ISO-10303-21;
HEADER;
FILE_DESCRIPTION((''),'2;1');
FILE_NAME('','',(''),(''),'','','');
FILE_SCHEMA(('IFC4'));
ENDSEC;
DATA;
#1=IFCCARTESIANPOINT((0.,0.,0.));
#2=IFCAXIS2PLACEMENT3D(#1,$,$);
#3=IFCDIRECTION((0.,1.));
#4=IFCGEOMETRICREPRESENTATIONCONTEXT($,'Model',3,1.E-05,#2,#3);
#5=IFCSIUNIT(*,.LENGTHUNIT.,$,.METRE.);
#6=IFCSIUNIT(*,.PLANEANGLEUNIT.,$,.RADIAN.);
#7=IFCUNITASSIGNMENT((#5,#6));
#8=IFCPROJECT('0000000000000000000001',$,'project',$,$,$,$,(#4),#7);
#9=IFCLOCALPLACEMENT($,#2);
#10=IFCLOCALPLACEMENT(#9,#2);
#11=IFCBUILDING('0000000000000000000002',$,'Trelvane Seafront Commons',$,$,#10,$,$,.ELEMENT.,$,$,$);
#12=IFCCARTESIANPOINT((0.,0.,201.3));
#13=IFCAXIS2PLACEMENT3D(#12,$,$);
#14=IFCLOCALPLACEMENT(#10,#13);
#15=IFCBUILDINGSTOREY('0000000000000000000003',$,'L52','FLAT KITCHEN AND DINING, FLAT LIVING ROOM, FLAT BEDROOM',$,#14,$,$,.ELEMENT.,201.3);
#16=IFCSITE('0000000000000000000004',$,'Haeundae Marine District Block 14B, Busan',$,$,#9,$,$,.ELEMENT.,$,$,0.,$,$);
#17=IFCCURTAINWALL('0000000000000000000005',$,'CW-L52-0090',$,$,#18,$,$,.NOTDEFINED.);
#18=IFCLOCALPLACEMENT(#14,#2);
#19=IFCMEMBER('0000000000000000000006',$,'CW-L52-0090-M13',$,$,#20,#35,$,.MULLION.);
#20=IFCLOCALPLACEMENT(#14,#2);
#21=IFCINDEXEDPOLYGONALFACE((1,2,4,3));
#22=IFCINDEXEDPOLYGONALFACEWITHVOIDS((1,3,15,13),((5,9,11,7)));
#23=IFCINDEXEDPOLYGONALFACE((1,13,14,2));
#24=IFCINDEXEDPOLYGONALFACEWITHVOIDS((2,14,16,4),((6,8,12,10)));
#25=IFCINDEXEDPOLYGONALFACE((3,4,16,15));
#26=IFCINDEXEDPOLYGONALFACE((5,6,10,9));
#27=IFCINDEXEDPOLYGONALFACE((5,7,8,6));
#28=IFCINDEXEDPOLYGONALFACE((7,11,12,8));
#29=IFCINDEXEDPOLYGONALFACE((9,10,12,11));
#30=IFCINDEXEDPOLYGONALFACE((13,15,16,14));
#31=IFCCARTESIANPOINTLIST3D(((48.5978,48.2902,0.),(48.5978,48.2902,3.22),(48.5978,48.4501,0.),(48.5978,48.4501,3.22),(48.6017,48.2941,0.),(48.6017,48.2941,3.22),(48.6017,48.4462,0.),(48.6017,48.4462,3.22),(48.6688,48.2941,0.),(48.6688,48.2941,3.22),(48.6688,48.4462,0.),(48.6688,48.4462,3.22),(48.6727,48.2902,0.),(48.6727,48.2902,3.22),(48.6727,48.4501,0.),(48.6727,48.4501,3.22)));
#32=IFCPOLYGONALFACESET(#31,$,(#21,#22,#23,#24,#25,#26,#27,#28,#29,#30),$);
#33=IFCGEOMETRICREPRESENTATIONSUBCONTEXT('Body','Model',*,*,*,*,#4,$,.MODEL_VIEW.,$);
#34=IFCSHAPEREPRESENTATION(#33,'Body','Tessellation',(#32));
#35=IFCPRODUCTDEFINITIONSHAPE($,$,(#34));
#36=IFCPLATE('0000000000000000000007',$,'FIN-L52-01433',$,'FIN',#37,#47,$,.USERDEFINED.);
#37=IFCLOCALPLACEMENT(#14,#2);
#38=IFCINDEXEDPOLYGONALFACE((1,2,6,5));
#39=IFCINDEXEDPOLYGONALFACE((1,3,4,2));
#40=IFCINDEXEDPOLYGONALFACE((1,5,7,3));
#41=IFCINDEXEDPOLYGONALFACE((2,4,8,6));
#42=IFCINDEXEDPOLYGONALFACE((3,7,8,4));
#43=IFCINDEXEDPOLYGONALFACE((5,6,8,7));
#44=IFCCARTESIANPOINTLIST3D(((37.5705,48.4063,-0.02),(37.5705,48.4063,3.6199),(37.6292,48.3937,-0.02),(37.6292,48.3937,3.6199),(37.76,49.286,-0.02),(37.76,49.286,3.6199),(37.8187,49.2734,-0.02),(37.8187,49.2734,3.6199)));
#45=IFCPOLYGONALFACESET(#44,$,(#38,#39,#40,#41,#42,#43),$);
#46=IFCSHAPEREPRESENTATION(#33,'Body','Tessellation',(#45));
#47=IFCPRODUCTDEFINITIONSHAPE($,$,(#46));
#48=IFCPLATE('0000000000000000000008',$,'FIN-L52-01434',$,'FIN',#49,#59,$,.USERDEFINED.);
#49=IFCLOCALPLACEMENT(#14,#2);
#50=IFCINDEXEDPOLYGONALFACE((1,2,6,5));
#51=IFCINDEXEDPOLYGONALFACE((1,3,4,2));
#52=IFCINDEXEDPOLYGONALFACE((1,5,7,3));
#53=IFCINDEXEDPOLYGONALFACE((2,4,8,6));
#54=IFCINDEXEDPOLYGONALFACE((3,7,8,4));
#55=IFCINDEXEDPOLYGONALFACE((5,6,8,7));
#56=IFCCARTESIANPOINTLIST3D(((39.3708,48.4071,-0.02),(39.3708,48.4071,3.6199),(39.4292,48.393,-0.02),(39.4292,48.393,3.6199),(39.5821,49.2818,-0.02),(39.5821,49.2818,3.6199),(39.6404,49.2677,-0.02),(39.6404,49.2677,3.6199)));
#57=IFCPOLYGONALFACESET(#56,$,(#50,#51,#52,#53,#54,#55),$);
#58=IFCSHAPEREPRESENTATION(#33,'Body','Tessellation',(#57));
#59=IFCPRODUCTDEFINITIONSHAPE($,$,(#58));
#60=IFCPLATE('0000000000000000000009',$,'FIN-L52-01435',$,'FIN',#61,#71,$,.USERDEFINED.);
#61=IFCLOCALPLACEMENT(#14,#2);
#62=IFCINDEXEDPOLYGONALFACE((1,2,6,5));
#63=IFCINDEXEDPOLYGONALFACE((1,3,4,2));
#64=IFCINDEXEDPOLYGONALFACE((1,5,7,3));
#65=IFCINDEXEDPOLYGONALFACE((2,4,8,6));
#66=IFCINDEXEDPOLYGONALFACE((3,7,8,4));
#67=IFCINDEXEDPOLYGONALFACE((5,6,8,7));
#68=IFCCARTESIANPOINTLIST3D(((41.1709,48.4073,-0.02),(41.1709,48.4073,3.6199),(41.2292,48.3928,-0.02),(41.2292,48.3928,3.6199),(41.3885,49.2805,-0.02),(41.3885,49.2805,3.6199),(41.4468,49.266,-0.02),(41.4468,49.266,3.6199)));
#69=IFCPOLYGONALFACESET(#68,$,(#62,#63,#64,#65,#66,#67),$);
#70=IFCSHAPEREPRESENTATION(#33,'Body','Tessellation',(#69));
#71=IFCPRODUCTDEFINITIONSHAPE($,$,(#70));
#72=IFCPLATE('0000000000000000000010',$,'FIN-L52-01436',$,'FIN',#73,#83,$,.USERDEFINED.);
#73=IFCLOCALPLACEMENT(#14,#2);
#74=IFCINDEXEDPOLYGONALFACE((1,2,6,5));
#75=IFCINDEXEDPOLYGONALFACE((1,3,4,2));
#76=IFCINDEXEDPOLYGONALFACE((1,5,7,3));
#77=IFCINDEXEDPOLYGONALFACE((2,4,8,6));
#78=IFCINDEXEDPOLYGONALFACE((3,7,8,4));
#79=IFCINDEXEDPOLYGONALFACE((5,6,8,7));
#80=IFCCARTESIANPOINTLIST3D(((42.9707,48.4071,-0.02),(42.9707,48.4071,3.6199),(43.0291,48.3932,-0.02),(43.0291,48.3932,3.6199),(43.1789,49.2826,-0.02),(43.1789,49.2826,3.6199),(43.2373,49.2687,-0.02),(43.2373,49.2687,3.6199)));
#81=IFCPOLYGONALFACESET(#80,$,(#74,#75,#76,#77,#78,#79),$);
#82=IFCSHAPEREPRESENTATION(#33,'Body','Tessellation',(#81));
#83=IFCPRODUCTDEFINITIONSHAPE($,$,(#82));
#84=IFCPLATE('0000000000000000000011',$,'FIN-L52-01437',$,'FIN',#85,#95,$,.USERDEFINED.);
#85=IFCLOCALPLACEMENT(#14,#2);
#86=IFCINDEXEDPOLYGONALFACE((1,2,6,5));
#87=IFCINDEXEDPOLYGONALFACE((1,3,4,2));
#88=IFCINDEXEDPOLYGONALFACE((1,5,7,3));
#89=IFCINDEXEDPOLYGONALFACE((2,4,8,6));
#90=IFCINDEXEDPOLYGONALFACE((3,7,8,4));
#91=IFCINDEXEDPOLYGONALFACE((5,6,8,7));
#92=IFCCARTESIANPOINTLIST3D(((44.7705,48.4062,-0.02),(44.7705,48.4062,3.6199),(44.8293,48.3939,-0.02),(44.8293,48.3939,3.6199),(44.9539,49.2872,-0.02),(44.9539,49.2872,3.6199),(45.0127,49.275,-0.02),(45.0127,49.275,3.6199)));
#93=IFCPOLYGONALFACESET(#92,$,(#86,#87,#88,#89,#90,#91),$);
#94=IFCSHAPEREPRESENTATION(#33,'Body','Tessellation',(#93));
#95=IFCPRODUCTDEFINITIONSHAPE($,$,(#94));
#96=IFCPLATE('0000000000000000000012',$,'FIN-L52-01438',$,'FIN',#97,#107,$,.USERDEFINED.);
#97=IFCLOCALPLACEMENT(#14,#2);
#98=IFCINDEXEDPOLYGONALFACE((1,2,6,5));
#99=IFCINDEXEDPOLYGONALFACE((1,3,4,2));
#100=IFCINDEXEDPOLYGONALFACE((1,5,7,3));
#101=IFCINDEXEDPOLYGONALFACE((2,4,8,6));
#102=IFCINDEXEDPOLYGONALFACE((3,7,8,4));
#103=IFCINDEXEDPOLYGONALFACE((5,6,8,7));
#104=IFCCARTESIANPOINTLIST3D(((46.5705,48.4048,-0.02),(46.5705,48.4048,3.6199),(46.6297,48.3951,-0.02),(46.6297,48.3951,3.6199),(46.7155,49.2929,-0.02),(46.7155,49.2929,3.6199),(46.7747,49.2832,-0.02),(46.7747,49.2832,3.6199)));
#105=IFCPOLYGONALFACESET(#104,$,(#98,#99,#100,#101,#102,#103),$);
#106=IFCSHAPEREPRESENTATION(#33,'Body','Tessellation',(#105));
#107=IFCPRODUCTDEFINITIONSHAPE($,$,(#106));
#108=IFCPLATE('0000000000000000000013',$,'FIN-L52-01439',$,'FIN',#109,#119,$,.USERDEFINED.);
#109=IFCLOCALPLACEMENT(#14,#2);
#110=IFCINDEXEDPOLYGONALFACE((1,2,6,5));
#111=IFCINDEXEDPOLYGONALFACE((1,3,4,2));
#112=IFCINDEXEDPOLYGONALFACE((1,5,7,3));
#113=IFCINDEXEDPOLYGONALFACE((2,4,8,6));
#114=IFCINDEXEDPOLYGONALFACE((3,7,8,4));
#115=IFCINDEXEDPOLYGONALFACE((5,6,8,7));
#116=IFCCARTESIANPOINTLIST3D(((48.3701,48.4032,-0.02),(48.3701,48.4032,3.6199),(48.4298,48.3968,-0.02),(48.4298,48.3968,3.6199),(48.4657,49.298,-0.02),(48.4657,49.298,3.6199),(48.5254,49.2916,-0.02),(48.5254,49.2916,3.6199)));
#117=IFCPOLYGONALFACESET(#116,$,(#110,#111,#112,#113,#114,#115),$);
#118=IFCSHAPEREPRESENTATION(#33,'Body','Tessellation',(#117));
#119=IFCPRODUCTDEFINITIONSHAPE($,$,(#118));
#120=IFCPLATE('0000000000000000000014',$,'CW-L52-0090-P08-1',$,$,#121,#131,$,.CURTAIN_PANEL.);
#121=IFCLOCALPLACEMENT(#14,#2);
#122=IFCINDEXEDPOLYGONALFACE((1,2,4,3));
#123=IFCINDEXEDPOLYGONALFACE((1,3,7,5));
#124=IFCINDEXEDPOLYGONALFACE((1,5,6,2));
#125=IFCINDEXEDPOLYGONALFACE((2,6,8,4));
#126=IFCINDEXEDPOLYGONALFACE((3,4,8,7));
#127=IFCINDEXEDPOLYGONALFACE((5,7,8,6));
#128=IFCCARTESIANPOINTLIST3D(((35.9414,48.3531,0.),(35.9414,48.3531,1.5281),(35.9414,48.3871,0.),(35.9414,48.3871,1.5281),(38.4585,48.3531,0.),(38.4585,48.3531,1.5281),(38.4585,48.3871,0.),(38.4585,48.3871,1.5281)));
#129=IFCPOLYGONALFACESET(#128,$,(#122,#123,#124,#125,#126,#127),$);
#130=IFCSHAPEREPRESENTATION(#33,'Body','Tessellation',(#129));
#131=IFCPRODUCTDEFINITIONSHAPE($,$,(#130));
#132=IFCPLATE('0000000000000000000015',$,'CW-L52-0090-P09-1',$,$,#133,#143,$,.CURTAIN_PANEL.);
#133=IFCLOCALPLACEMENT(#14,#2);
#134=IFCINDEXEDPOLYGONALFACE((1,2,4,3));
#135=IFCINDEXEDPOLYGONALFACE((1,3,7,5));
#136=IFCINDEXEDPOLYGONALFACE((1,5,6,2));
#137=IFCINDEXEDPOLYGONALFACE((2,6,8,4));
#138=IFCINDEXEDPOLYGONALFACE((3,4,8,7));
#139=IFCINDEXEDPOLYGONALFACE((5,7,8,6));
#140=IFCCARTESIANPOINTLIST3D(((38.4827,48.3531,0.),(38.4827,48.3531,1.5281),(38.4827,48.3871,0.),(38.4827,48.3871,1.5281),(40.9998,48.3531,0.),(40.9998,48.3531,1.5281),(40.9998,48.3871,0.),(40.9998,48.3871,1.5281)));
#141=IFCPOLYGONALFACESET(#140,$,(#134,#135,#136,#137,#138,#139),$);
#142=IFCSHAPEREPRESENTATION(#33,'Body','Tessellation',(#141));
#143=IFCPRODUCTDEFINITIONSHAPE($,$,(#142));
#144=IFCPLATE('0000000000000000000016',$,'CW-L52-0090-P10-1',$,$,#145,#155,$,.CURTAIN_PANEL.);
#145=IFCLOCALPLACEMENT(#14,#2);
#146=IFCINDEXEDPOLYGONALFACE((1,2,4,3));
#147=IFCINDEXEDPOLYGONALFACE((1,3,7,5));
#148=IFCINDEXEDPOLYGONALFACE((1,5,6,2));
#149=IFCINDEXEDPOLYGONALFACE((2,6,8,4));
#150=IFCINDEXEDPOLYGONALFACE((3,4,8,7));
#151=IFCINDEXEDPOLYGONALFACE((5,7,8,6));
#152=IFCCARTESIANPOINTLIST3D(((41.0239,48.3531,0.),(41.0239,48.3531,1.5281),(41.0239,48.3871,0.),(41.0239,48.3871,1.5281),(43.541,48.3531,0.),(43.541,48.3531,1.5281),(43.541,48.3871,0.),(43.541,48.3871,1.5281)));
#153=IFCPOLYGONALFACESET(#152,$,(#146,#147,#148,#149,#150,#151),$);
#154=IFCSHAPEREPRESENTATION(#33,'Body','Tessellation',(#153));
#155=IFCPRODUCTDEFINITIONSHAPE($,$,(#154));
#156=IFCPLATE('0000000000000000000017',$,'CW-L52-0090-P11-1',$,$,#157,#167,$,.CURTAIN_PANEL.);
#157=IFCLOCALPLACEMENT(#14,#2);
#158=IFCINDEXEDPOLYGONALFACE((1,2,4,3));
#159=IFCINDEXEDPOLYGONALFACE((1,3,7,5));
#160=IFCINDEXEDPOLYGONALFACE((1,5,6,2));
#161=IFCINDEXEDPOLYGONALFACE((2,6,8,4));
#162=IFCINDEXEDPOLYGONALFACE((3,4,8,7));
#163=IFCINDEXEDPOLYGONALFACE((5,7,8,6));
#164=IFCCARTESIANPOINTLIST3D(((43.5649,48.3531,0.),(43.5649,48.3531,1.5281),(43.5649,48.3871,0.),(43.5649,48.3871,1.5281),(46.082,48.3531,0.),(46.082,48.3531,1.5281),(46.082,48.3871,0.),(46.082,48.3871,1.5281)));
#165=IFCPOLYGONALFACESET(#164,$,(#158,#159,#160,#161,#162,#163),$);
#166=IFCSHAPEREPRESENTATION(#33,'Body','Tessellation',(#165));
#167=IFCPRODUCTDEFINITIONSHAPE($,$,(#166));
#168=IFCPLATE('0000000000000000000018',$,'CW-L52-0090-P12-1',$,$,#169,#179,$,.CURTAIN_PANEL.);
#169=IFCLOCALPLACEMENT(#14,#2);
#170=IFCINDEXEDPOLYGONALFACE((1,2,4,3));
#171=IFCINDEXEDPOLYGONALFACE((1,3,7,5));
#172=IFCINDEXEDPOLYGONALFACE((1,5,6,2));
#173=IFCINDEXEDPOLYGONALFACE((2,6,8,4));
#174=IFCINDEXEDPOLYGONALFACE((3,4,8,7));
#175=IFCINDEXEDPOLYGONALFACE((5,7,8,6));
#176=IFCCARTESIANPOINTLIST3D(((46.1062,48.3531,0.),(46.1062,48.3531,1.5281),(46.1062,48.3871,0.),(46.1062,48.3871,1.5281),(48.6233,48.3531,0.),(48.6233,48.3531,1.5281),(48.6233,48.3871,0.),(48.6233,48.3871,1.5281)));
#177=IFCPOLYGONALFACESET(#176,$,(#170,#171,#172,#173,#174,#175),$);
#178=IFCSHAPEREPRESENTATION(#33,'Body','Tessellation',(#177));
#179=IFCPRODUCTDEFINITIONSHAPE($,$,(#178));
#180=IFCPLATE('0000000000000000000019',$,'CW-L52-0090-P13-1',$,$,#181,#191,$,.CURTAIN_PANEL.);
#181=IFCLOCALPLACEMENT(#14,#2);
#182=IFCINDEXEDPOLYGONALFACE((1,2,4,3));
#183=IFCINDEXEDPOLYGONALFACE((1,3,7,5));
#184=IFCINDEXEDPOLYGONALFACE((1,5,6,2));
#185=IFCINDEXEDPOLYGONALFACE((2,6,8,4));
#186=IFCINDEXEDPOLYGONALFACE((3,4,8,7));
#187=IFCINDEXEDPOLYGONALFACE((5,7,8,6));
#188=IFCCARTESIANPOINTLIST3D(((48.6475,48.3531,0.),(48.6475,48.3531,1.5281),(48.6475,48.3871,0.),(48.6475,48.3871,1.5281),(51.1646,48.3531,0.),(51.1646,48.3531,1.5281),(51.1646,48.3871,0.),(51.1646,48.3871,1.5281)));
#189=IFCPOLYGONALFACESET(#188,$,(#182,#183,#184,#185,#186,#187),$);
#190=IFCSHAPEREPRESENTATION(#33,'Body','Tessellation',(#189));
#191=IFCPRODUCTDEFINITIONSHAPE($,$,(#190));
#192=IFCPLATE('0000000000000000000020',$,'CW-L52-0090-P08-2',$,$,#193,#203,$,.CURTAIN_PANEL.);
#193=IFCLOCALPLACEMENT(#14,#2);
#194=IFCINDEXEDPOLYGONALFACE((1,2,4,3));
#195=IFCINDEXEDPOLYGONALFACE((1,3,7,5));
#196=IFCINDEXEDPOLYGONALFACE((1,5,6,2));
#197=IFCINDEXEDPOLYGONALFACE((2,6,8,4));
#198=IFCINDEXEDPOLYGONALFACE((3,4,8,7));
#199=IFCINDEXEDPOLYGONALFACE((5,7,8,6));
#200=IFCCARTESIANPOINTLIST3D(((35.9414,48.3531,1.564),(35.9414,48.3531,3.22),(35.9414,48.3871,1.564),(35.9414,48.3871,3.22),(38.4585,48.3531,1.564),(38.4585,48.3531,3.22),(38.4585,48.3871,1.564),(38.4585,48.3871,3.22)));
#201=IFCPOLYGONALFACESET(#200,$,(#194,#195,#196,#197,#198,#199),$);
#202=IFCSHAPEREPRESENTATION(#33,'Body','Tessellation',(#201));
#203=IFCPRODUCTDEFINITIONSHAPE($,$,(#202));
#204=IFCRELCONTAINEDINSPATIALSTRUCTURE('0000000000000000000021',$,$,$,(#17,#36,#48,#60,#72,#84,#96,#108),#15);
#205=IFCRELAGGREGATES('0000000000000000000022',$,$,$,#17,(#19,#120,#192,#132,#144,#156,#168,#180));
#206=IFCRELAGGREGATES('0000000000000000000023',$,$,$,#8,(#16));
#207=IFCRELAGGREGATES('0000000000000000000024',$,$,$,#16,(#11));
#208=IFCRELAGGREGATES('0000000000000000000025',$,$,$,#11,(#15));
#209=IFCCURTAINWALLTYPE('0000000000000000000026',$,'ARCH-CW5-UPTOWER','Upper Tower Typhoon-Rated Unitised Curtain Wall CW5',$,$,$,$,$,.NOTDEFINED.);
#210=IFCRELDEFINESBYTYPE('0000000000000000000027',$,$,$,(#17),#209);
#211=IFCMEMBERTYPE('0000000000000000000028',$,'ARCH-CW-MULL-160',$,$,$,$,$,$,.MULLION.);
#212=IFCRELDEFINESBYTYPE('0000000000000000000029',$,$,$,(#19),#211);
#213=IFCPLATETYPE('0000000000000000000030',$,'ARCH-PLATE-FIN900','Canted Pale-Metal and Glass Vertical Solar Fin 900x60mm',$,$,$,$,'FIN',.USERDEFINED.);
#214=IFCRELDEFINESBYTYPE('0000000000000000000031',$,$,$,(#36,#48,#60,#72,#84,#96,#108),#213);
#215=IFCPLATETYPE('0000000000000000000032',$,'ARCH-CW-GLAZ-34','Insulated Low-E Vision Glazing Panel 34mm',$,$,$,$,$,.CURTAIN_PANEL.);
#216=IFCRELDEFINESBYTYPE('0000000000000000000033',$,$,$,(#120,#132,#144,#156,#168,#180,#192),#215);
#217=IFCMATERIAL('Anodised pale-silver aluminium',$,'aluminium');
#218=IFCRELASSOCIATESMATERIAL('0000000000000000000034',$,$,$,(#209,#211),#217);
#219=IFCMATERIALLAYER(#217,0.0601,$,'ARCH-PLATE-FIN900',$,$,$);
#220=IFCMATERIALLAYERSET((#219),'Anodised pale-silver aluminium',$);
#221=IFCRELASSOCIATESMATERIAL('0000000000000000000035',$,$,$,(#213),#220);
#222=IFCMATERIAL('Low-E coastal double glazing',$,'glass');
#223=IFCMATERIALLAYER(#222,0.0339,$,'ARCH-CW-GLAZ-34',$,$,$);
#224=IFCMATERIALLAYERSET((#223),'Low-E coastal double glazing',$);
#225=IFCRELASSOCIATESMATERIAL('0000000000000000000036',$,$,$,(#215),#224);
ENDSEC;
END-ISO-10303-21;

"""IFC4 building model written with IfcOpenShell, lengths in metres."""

from ifc_helpers import new_model, si_unit, direction, frame, origin, origin_2d, place, context, subcontext, project, spatial, rectangle, hollow_rectangle, extrude, source, transform, mapped, material, layer, layer_set, material_profile, profile_set, type_object, element, aggregate, save


model = new_model("IFC4")

# Units and contexts
model_context = context("Model", 3, precision=1e-05, world=origin(), true_north=direction((0.0, 1.0)))
body_context = subcontext(model_context, "Body", "Model", "MODEL_VIEW")
ifc_project = project(units=[si_unit("LENGTHUNIT", "METRE"), si_unit("PLANEANGLEUNIT", "RADIAN")], contexts=[model_context])

# Site, building, storey
site_placement = place(None, origin())
site = spatial("IfcSite", under=ifc_project, at=site_placement, Name="Haeundae Marine District Block 14B, Busan", CompositionType="ELEMENT", RefElevation=0.0)
building_placement = place(site_placement, origin())
building = spatial("IfcBuilding", under=site, at=building_placement, Name="Trelvane Seafront Commons", CompositionType="ELEMENT")
storey_placement = place(building_placement, frame((0.0, 0.0, 201.3)))
storey = spatial("IfcBuildingStorey", under=building, at=storey_placement, Name="L52", Description="FLAT KITCHEN AND DINING, FLAT LIVING ROOM, FLAT BEDROOM", CompositionType="ELEMENT", Elevation=201.3)

# Curtain wall, member
ifc_material_1 = material(Name="Anodised pale-silver aluminium", Category="aluminium")
curtain_wall_type = type_object("IfcCurtainWallType", Name="ARCH-CW5-UPTOWER", Description="Upper Tower Typhoon-Rated Unitised Curtain Wall CW5", PredefinedType="NOTDEFINED", material=ifc_material_1)
curtain_wall_placement = place(storey_placement, origin())
curtain_wall = element("IfcCurtainWall", 1, at=curtain_wall_placement, inside=storey, type_object=curtain_wall_type, Name="CW-L52-0090", PredefinedType="NOTDEFINED")
ifc_material_profile_1 = material_profile(ifc_material_1, hollow_rectangle(XDim=0.075, YDim=0.1599, WallThickness=0.0039, at=origin_2d()), Name="MULL-75x160x4")
ifc_profile_set_1 = profile_set([ifc_material_profile_1], Name="Anodised pale-silver aluminium")
member_type_1 = type_object("IfcMemberType", Name="ARCH-CW-MULL-160", PredefinedType="MULLION", material=ifc_profile_set_1)
shared_shape_1 = source(origin(), body_context, "Body", "SweptSolid", [
    extrude(hollow_rectangle(XDim=0.075, YDim=0.1599, WallThickness=0.0039, at=origin_2d()), origin(), (0.0, 0.0, 1.0), 3.22),
])
member_1_placement = place(storey_placement, frame((48.6353, 48.3701, 0.0), z_axis=(0.0, 0.0, 1.0), x_axis=(1.0, 0.0, 0.0)))
member_1 = element("IfcMember", 2, at=member_1_placement, type_object=member_type_1, Name="CW-L52-0090-M13", PredefinedType="MULLION", context=body_context, shape_type="MappedRepresentation", body=[
    mapped(shared_shape_1, transform((0.0, 0.0, 0.0), x_axis=(1.0, 0.0, 0.0), y_axis=(0.0, 1.0, 0.0), z_axis=(0.0, 0.0, 1.0), scale=1.0)),
])

# Plates
ifc_layer_1 = layer(ifc_material_1, 0.0601, Name="ARCH-PLATE-FIN900")
ifc_layer_set_1 = layer_set([ifc_layer_1], Name="Anodised pale-silver aluminium")
plate_type_1 = type_object("IfcPlateType", Name="ARCH-PLATE-FIN900", Description="Canted Pale-Metal and Glass Vertical Solar Fin 900x60mm", ElementType="FIN", PredefinedType="USERDEFINED", material=ifc_layer_set_1)
shared_shape_2 = source(origin(), body_context, "Body", "SweptSolid", [
    extrude(rectangle(XDim=0.8999, YDim=0.0601, at=origin_2d()), origin(), (0.0, 0.0, 1.0), 3.6399),
])
for number, where, z_axis, x_axis, name in (
    (3, (37.6946, 48.8398, -0.02), (0.0, 0.0, 1.0), (0.21056, 0.977581, 0.0), "FIN-L52-01433"),
    (4, (39.5056, 48.8374, -0.02), (0.0, 0.0, 1.0), (0.234789, 0.972046, 0.0), "FIN-L52-01434"),
    (5, (41.3088, 48.8367, -0.02), (0.0, 0.0, 1.0), (0.241778, 0.970332, 0.0), "FIN-L52-01435"),
    (6, (43.104, 48.8379, -0.02), (0.0, 0.0, 1.0), (0.23133, 0.972875, 0.0), "FIN-L52-01436"),
    (7, (44.8916, 48.8406, -0.02), (0.0, 0.0, 1.0), (0.203782, 0.979016, 0.0), "FIN-L52-01437"),
    (8, (46.6726, 48.844, -0.02), (0.0, 0.0, 1.0), (0.161118, 0.986935, 0.0), "FIN-L52-01438"),
    (9, (48.4478, 48.8474, -0.02), (0.0, 0.0, 1.0), (0.106222, 0.994342, 0.0), "FIN-L52-01439"),
):
    element("IfcPlate", number, at=place(storey_placement, frame(where, z_axis=z_axis, x_axis=x_axis)), inside=storey, type_object=plate_type_1, Name=name, ObjectType="FIN", PredefinedType="USERDEFINED", context=body_context, shape_type="MappedRepresentation", body=[
        mapped(shared_shape_2, transform((0.0, 0.0, 0.0), x_axis=(1.0, 0.0, 0.0), y_axis=(0.0, 1.0, 0.0), z_axis=(0.0, 0.0, 1.0), scale=1.0)),
    ])

# Plates
ifc_material_2 = material(Name="Low-E coastal double glazing", Category="glass")
ifc_layer_2 = layer(ifc_material_2, 0.0339, Name="ARCH-CW-GLAZ-34")
ifc_layer_set_2 = layer_set([ifc_layer_2], Name="Low-E coastal double glazing")
plate_type_2 = type_object("IfcPlateType", Name="ARCH-CW-GLAZ-34", Description="Insulated Low-E Vision Glazing Panel 34mm", PredefinedType="CURTAIN_PANEL", material=ifc_layer_set_2)
shared_shape_3 = source(origin(), body_context, "Body", "SweptSolid", [
    extrude(rectangle(XDim=2.5171, YDim=0.0339, at=origin_2d()), origin(), (0.0, 0.0, 1.0), 1.5281),
])
plate_1_placement = place(storey_placement, frame((37.2, 48.3701, 0.0), z_axis=(0.0, 0.0, 1.0), x_axis=(1.0, 0.0, 0.0)))
plate_1 = element("IfcPlate", 10, at=plate_1_placement, type_object=plate_type_2, Name="CW-L52-0090-P08-1", PredefinedType="CURTAIN_PANEL", context=body_context, shape_type="MappedRepresentation", body=[
    mapped(shared_shape_3, transform((0.0, 0.0, 0.0), x_axis=(1.0, 0.0, 0.0), y_axis=(0.0, 1.0, 0.0), z_axis=(0.0, 0.0, 1.0), scale=1.0)),
])
plate_2_placement = place(storey_placement, frame((39.7412, 48.3701, 0.0), z_axis=(0.0, 0.0, 1.0), x_axis=(1.0, 0.0, 0.0)))
plate_2 = element("IfcPlate", 11, at=plate_2_placement, type_object=plate_type_2, Name="CW-L52-0090-P09-1", PredefinedType="CURTAIN_PANEL", context=body_context, shape_type="MappedRepresentation", body=[
    mapped(shared_shape_3, transform((0.0, 0.0, 0.0), x_axis=(1.0, 0.0, 0.0), y_axis=(0.0, 1.0, 0.0), z_axis=(0.0, 0.0, 1.0), scale=1.0)),
])
plate_3_placement = place(storey_placement, frame((42.2825, 48.3701, 0.0), z_axis=(0.0, 0.0, 1.0), x_axis=(1.0, 0.0, 0.0)))
plate_3 = element("IfcPlate", 12, at=plate_3_placement, type_object=plate_type_2, Name="CW-L52-0090-P10-1", PredefinedType="CURTAIN_PANEL", context=body_context, shape_type="MappedRepresentation", body=[
    mapped(shared_shape_3, transform((0.0, 0.0, 0.0), x_axis=(1.0, 0.0, 0.0), y_axis=(0.0, 1.0, 0.0), z_axis=(0.0, 0.0, 1.0), scale=1.0)),
])
plate_4_placement = place(storey_placement, frame((44.8235, 48.3701, 0.0), z_axis=(0.0, 0.0, 1.0), x_axis=(1.0, 0.0, 0.0)))
plate_4 = element("IfcPlate", 13, at=plate_4_placement, type_object=plate_type_2, Name="CW-L52-0090-P11-1", PredefinedType="CURTAIN_PANEL", context=body_context, shape_type="MappedRepresentation", body=[
    mapped(shared_shape_3, transform((0.0, 0.0, 0.0), x_axis=(1.0, 0.0, 0.0), y_axis=(0.0, 1.0, 0.0), z_axis=(0.0, 0.0, 1.0), scale=1.0)),
])
plate_5_placement = place(storey_placement, frame((47.3647, 48.3701, 0.0), z_axis=(0.0, 0.0, 1.0), x_axis=(1.0, 0.0, 0.0)))
plate_5 = element("IfcPlate", 14, at=plate_5_placement, type_object=plate_type_2, Name="CW-L52-0090-P12-1", PredefinedType="CURTAIN_PANEL", context=body_context, shape_type="MappedRepresentation", body=[
    mapped(shared_shape_3, transform((0.0, 0.0, 0.0), x_axis=(1.0, 0.0, 0.0), y_axis=(0.0, 1.0, 0.0), z_axis=(0.0, 0.0, 1.0), scale=1.0)),
])
plate_6_placement = place(storey_placement, frame((49.906, 48.3701, 0.0), z_axis=(0.0, 0.0, 1.0), x_axis=(1.0, 0.0, 0.0)))
plate_6 = element("IfcPlate", 15, at=plate_6_placement, type_object=plate_type_2, Name="CW-L52-0090-P13-1", PredefinedType="CURTAIN_PANEL", context=body_context, shape_type="MappedRepresentation", body=[
    mapped(shared_shape_3, transform((0.0, 0.0, 0.0), x_axis=(1.0, 0.0, 0.0), y_axis=(0.0, 1.0, 0.0), z_axis=(0.0, 0.0, 1.0), scale=1.0)),
])
shared_shape_4 = source(origin(), body_context, "Body", "SweptSolid", [
    extrude(rectangle(XDim=2.5171, YDim=0.0339, at=origin_2d()), origin(), (0.0, 0.0, 1.0), 1.656),
])
plate_7_placement = place(storey_placement, frame((37.2, 48.3701, 1.564), z_axis=(0.0, 0.0, 1.0), x_axis=(1.0, 0.0, 0.0)))
plate_7 = element("IfcPlate", 16, at=plate_7_placement, type_object=plate_type_2, Name="CW-L52-0090-P08-2", PredefinedType="CURTAIN_PANEL", context=body_context, shape_type="MappedRepresentation", body=[
    mapped(shared_shape_4, transform((0.0, 0.0, 0.0), x_axis=(1.0, 0.0, 0.0), y_axis=(0.0, 1.0, 0.0), z_axis=(0.0, 0.0, 1.0), scale=1.0)),
])
aggregate(curtain_wall, [member_1, plate_1, plate_7, plate_2, plate_3, plate_4, plate_5, plate_6])

save(model, "model.ifc")
